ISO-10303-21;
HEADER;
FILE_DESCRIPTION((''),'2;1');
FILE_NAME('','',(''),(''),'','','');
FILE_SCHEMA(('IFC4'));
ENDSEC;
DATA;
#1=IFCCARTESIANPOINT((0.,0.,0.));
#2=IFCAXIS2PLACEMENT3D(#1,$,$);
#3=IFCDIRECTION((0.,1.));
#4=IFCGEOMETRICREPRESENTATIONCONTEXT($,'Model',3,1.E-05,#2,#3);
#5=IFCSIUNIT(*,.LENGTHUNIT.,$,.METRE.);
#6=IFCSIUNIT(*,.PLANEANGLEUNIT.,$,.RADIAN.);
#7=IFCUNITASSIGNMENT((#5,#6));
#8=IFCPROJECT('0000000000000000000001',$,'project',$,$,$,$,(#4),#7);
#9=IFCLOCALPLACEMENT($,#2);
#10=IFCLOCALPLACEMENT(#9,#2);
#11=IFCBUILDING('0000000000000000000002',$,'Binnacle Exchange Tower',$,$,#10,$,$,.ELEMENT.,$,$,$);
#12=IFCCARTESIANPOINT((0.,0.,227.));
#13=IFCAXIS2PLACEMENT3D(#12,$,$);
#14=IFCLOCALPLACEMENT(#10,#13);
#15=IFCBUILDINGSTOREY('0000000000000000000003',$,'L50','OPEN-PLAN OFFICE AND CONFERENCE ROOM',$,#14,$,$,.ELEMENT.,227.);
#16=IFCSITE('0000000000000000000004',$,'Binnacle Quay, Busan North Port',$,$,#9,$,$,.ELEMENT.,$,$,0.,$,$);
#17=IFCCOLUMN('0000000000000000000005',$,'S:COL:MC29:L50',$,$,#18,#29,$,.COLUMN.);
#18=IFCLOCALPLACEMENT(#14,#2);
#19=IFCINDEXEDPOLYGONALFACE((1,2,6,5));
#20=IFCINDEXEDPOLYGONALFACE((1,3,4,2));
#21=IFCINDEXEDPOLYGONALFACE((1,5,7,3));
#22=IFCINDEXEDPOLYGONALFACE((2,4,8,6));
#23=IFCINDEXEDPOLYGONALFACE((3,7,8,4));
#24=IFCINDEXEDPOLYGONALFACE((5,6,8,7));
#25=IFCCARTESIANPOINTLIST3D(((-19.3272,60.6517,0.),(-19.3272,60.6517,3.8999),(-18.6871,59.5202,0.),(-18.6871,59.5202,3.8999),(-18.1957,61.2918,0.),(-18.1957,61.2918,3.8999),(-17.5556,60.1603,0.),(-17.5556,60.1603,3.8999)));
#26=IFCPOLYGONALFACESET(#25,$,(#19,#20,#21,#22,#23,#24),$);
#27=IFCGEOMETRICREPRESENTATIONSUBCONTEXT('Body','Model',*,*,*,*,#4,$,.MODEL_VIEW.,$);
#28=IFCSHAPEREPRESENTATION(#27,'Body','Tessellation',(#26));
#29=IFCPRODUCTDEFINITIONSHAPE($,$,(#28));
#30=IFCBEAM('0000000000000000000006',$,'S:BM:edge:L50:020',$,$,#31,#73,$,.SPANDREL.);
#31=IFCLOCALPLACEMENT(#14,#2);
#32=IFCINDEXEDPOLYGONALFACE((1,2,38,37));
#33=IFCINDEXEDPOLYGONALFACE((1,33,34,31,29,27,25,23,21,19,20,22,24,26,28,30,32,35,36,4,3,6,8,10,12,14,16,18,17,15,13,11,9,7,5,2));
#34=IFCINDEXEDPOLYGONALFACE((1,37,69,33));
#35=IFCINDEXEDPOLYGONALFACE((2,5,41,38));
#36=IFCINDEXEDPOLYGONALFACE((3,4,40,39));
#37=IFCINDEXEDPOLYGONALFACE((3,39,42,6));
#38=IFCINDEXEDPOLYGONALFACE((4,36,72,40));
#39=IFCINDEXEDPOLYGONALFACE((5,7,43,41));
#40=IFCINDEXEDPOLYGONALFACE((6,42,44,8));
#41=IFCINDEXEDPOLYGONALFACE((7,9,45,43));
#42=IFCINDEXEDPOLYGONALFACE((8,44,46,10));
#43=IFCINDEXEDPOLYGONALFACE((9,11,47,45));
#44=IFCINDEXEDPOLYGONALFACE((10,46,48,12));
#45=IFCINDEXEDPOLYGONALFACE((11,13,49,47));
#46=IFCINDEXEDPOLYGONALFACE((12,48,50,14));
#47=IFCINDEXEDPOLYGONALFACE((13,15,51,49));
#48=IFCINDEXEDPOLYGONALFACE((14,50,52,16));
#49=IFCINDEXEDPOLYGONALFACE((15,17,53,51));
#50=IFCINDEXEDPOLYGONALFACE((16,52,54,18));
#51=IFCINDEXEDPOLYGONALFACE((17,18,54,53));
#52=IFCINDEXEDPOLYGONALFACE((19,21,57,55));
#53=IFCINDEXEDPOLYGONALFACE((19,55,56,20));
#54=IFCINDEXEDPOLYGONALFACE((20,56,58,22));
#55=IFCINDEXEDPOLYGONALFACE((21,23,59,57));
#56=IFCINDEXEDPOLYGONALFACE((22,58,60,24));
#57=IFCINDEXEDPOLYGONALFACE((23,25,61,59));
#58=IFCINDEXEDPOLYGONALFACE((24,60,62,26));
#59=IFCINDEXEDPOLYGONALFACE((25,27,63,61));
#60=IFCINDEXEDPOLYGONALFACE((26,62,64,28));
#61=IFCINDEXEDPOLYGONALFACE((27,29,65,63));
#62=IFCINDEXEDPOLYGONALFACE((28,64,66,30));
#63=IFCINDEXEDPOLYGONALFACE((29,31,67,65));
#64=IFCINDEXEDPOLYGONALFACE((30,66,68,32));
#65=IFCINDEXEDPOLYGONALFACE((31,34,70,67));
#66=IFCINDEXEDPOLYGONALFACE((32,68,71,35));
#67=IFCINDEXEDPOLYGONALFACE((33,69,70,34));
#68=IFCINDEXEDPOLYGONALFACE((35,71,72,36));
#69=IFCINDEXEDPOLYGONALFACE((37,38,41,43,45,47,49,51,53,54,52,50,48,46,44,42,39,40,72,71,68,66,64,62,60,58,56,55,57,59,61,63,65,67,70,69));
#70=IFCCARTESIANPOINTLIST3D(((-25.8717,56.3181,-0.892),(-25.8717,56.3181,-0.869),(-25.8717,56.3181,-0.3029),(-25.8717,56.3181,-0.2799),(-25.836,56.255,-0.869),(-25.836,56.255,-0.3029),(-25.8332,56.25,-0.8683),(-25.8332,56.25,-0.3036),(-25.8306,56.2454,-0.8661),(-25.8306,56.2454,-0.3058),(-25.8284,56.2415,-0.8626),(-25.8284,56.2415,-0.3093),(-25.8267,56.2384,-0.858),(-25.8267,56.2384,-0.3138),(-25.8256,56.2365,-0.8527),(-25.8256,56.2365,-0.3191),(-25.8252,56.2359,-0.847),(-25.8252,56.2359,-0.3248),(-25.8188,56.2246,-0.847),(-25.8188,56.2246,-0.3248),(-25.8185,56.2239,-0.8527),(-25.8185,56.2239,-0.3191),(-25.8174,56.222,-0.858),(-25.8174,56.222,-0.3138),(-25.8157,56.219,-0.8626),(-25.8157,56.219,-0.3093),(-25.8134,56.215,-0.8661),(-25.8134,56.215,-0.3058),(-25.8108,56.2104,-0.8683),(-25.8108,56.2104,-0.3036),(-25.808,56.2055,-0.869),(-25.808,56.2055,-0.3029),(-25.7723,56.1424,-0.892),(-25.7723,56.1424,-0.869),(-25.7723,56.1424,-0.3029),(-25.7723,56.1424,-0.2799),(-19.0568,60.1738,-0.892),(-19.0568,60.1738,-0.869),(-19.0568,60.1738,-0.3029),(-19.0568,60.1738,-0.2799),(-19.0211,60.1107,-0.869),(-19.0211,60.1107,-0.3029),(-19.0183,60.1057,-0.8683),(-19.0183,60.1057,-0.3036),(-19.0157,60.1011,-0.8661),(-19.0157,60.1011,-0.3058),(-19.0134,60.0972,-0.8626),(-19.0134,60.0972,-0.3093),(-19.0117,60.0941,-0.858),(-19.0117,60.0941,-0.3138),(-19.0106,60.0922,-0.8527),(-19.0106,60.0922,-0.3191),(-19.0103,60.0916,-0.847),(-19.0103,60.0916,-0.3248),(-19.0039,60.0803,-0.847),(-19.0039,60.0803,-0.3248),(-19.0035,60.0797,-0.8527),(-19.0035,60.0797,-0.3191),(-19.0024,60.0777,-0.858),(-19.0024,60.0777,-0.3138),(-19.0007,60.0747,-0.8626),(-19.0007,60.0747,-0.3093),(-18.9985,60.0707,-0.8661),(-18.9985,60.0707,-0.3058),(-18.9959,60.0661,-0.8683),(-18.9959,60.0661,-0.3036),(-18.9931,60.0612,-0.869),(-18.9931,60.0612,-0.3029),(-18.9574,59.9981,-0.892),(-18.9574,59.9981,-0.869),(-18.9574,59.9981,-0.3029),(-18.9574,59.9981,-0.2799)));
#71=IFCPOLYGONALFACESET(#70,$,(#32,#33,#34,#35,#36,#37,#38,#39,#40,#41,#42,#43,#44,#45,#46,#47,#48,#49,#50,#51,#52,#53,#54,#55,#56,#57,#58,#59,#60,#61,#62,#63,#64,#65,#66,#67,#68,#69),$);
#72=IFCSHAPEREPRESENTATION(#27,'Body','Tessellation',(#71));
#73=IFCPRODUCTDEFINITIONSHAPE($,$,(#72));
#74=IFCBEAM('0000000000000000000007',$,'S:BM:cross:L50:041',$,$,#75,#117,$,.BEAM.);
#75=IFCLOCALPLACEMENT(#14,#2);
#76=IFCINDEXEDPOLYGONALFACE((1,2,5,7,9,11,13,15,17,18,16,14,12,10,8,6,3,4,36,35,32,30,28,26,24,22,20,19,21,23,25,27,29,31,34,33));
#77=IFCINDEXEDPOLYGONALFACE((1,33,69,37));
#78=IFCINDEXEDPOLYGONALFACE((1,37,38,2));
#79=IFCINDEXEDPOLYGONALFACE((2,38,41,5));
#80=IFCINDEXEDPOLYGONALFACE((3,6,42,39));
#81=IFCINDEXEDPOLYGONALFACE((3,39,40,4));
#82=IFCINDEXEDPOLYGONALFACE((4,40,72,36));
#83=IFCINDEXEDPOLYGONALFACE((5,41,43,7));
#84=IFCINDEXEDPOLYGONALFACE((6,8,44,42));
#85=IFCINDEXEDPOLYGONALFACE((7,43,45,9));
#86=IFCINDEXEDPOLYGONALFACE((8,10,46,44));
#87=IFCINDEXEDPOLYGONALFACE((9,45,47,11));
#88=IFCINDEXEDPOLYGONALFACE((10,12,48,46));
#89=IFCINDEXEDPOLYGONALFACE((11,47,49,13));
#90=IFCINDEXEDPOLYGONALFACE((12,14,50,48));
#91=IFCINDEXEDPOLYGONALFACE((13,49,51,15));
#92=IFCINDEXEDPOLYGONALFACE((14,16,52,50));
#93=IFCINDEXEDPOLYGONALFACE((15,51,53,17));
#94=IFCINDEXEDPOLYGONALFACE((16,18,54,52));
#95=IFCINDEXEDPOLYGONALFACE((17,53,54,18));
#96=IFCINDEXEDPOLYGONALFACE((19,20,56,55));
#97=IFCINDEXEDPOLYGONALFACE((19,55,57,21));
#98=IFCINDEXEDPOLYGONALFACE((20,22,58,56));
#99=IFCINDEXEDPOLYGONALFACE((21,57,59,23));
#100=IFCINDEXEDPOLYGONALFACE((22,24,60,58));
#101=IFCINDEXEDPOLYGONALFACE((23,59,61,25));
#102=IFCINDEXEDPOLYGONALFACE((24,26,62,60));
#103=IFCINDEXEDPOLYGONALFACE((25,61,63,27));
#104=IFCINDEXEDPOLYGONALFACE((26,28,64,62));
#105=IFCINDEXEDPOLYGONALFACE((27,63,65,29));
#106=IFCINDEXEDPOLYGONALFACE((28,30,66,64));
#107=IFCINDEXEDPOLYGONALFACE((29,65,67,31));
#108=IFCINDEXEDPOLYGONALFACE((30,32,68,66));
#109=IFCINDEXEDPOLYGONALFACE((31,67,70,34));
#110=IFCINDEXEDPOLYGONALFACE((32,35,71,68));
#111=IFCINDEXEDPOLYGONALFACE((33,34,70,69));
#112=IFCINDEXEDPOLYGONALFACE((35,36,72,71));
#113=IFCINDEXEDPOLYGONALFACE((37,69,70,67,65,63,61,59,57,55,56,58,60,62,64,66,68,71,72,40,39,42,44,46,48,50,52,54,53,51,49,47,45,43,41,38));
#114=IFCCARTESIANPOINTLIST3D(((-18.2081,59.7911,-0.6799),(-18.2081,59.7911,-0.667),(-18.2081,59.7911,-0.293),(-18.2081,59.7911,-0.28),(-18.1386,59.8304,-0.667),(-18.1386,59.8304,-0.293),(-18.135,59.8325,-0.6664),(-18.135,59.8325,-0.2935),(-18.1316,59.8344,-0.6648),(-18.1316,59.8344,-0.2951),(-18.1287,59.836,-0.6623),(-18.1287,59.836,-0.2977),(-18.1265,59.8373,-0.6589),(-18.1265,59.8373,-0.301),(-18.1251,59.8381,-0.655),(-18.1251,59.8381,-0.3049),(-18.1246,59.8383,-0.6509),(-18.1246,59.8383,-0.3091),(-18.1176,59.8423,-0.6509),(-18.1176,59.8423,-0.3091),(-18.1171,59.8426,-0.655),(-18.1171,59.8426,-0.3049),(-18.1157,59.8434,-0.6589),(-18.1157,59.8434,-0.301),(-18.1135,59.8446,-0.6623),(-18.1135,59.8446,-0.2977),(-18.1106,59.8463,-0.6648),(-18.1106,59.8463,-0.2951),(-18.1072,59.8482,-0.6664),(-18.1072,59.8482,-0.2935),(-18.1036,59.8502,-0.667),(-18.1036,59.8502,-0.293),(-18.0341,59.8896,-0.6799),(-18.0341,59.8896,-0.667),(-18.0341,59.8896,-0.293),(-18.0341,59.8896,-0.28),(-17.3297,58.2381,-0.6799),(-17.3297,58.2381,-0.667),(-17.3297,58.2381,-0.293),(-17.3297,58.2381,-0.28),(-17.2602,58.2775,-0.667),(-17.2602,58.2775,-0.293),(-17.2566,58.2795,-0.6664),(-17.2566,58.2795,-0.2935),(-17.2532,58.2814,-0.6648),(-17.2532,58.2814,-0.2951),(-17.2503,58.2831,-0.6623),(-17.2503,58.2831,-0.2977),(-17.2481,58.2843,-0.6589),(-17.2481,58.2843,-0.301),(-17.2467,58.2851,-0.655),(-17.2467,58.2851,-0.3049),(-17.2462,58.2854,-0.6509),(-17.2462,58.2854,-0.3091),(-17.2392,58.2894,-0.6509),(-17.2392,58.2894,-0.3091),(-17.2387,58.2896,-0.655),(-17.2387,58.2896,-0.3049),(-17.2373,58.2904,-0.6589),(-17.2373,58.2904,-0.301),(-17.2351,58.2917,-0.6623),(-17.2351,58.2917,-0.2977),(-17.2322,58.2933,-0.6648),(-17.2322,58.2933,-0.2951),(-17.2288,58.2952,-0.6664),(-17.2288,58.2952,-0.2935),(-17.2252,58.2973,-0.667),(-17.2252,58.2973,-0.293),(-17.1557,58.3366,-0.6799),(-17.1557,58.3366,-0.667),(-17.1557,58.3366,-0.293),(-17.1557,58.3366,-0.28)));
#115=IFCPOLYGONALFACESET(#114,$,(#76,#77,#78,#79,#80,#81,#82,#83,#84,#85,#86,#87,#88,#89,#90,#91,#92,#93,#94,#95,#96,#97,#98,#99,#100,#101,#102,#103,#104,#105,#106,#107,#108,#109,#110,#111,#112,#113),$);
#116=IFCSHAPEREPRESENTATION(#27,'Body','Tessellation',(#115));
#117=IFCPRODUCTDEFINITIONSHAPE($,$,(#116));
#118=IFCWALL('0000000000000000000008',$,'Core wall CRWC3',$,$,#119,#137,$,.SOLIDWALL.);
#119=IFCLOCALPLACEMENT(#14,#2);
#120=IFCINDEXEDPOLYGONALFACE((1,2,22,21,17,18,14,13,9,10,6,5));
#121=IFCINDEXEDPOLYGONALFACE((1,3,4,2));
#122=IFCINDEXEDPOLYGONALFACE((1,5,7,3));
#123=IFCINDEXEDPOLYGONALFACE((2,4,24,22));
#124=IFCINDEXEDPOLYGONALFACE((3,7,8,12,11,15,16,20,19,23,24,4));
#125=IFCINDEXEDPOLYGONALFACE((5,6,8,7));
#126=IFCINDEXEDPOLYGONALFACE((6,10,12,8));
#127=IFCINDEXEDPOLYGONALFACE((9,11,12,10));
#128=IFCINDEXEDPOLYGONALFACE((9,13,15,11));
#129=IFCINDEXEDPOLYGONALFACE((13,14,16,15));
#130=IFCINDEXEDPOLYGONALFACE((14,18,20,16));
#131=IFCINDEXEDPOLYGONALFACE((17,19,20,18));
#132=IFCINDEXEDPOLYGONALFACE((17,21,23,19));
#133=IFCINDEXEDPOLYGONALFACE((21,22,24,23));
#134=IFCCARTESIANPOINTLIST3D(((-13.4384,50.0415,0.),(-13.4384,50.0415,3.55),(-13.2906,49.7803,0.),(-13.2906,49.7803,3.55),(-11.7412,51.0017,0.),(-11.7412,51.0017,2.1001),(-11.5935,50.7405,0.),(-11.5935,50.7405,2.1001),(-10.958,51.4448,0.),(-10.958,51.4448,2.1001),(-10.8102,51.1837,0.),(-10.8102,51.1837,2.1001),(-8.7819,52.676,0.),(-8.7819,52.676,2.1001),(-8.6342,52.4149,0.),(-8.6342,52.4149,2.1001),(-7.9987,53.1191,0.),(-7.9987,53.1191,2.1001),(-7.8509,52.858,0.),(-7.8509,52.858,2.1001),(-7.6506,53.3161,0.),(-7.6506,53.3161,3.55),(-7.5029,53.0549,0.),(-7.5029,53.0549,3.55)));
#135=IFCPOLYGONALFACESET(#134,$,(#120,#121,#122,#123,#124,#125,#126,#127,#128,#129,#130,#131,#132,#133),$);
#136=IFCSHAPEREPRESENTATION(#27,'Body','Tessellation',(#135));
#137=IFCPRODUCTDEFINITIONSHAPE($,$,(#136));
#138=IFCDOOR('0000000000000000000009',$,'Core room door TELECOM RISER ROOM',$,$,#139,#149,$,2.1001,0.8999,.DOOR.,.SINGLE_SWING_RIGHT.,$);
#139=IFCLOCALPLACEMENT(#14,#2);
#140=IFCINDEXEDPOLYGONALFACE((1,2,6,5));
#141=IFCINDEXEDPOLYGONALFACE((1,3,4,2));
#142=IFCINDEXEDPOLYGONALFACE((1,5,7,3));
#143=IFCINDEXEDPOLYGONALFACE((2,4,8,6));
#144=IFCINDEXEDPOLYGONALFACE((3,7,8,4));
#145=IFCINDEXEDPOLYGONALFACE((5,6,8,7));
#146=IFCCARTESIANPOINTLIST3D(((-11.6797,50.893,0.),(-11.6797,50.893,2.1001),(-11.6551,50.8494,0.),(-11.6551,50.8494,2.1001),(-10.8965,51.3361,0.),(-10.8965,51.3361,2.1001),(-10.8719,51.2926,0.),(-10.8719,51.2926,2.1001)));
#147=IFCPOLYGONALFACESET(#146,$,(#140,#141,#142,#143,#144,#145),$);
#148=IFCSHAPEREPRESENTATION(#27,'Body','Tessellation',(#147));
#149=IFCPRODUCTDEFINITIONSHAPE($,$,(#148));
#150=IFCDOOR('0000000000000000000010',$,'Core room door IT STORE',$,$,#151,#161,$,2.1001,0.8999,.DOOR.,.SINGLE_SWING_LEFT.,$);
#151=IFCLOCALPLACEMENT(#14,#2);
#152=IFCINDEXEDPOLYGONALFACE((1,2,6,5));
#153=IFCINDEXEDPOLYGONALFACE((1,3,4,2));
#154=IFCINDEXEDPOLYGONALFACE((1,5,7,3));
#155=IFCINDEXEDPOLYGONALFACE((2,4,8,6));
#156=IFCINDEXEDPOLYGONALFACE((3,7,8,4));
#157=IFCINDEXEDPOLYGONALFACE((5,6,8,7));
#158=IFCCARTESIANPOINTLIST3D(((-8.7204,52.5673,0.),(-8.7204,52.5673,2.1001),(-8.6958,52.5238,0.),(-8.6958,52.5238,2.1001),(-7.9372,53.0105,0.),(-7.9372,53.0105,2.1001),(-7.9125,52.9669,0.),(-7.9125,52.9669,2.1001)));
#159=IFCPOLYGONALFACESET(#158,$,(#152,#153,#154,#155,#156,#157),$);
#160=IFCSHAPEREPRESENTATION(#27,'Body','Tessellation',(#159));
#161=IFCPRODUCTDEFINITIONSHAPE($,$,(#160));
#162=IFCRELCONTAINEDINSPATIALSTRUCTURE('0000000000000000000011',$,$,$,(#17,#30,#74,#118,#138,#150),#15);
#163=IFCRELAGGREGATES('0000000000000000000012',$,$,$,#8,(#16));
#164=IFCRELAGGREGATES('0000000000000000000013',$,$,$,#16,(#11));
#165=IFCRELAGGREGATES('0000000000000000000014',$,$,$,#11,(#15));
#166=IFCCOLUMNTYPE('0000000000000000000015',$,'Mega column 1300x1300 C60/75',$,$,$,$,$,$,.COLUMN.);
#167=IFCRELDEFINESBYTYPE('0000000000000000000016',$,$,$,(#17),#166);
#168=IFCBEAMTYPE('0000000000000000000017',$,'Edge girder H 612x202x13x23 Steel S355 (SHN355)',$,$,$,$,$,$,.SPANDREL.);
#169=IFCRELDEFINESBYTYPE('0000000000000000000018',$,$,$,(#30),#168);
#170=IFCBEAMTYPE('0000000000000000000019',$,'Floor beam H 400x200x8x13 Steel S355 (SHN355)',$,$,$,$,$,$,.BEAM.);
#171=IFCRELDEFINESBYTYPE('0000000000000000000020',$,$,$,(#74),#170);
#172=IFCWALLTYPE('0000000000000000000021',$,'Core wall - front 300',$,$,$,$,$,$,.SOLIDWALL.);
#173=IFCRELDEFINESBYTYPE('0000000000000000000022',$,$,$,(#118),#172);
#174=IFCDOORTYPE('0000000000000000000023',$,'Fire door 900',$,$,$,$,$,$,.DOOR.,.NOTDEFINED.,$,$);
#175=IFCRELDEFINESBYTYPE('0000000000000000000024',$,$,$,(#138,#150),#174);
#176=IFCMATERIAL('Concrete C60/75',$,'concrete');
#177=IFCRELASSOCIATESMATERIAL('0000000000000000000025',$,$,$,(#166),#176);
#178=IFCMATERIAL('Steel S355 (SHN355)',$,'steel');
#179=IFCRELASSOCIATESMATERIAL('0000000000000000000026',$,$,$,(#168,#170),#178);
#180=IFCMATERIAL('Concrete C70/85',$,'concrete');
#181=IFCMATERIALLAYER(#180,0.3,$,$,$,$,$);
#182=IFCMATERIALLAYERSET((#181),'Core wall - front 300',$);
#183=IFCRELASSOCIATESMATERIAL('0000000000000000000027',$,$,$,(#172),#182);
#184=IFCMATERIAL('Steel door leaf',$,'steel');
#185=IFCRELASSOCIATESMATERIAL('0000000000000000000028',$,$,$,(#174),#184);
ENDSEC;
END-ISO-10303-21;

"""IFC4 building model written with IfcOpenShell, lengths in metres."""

from ifc_helpers import new_model, si_unit, direction, frame, frame_2d, origin, origin_2d, place, context, subcontext, project, spatial, rectangle, i_section, extrude, material, layer, layer_set, material_profile, profile_set, type_object, element, fill, save


model = new_model("IFC4")

# Units and contexts
model_context = context("Model", 3, precision=1e-05, world=origin(), true_north=direction((0.0, 1.0)))
body_context = subcontext(model_context, "Body", "Model", "MODEL_VIEW")
ifc_project = project(units=[si_unit("LENGTHUNIT", "METRE"), si_unit("PLANEANGLEUNIT", "RADIAN")], contexts=[model_context])

# Site, building, storey
site_placement = place(None, origin())
site = spatial("IfcSite", under=ifc_project, at=site_placement, Name="Binnacle Quay, Busan North Port", CompositionType="ELEMENT", RefElevation=0.0)
building_placement = place(site_placement, origin())
building = spatial("IfcBuilding", under=site, at=building_placement, Name="Binnacle Exchange Tower", CompositionType="ELEMENT")
storey_placement = place(building_placement, frame((0.0, 0.0, 227.0)))
storey = spatial("IfcBuildingStorey", under=building, at=storey_placement, Name="L50", Description="OPEN-PLAN OFFICE AND CONFERENCE ROOM", CompositionType="ELEMENT", Elevation=227.0)

# Column
ifc_material_1 = material(Name="Concrete C60/75", Category="concrete")
ifc_material_profile_1 = material_profile(ifc_material_1, rectangle(XDim=1.3, YDim=1.3, at=origin_2d()), Name="Mega column 1300x1300 C60/75")
ifc_profile_set_1 = profile_set([ifc_material_profile_1], Name="Concrete C60/75")
column_type = type_object("IfcColumnType", Name="Mega column 1300x1300 C60/75", PredefinedType="COLUMN", material=ifc_profile_set_1)
column_placement = place(storey_placement, frame((-18.4414, 60.406, 0.0), z_axis=(0.0, 0.0, 1.0), x_axis=(-0.870356, -0.492424, 0.0)))
element("IfcColumn", 1, at=column_placement, inside=storey, type_object=column_type, Name="S:COL:MC29:L50", PredefinedType="COLUMN", context=body_context, shape_type="SweptSolid", body=[
    extrude(rectangle(XDim=1.3, YDim=1.3, at=origin_2d()), origin(), (0.0, 0.0, 1.0), 3.8999),
])

# Beams
ifc_material_2 = material(Name="Steel S355 (SHN355)", Category="steel")
ifc_material_profile_2 = material_profile(ifc_material_2, i_section(OverallWidth=0.2019, OverallDepth=0.6121, WebThickness=0.0129, FlangeThickness=0.0229, FilletRadius=0.022, at=origin_2d()), Name="H 612x202x13x23")
ifc_profile_set_2 = profile_set([ifc_material_profile_2], Name="Steel S355 (SHN355)")
beam_type_1 = type_object("IfcBeamType", Name="Edge girder H 612x202x13x23 Steel S355 (SHN355)", PredefinedType="SPANDREL", material=ifc_profile_set_2)
beam_1_placement = place(storey_placement, frame((-19.0071, 60.0859, -0.5859), z_axis=(-0.870355, -0.492424, 0.0), x_axis=(0.492424, -0.870355, 0.0)))
element("IfcBeam", 2, at=beam_1_placement, inside=storey, type_object=beam_type_1, Name="S:BM:edge:L50:020", PredefinedType="SPANDREL", context=body_context, shape_type="SweptSolid", body=[
    extrude(i_section(OverallWidth=0.2019, OverallDepth=0.6121, WebThickness=0.0129, FlangeThickness=0.0229, FilletRadius=0.022, at=origin_2d()), origin(), (0.0, 0.0, 1.0), 7.8301),
])
ifc_material_profile_3 = material_profile(ifc_material_2, i_section(OverallWidth=0.2, OverallDepth=0.3999, WebThickness=0.0081, FlangeThickness=0.0129, FilletRadius=0.0161, at=origin_2d()), Name="H 400x200x8x13")
ifc_profile_set_3 = profile_set([ifc_material_profile_3], Name="Steel S355 (SHN355)")
beam_type_2 = type_object("IfcBeamType", Name="Floor beam H 400x200x8x13 Steel S355 (SHN355)", PredefinedType="BEAM", material=ifc_profile_set_3)
beam_2_placement = place(storey_placement, frame((-18.1211, 59.8403, -0.48), z_axis=(0.492332, -0.870407, 0.0), x_axis=(0.870407, 0.492332, 0.0)))
element("IfcBeam", 3, at=beam_2_placement, inside=storey, type_object=beam_type_2, Name="S:BM:cross:L50:041", PredefinedType="BEAM", context=body_context, shape_type="SweptSolid", body=[
    extrude(i_section(OverallWidth=0.2, OverallDepth=0.3999, WebThickness=0.0081, FlangeThickness=0.0129, FilletRadius=0.0161, at=origin_2d()), origin(), (0.0, 0.0, 1.0), 1.7842),
])

# Wall, openings, doors
ifc_material_3 = material(Name="Concrete C70/85", Category="concrete")
ifc_layer_1 = layer(ifc_material_3, 0.3)
ifc_layer_set_1 = layer_set([ifc_layer_1], Name="Core wall - front 300")
wall_type_1 = type_object("IfcWallType", Name="Core wall - front 300", PredefinedType="SOLIDWALL", material=ifc_layer_set_1)
wall_1_placement = place(storey_placement, frame((-13.3645, 49.9109, 0.0), z_axis=(0.0, 0.0, 1.0), x_axis=(0.870352, 0.49243, 0.0)))
wall_1 = element("IfcWall", 4, at=wall_1_placement, inside=storey, type_object=wall_type_1, Name="Core wall CRWC3", PredefinedType="SOLIDWALL", context=body_context, shape_type="SweptSolid", body=[
    extrude(rectangle(XDim=6.6499, YDim=0.3, at=frame_2d((3.325, 0.0))), origin(), (0.0, 0.0, 1.0), 3.55),
])
opening_1_placement = place(wall_1_placement, frame((1.95, 0.0, 0.0)))
opening_1 = element("IfcOpeningElement", 5, at=opening_1_placement, cuts=wall_1, PredefinedType="OPENING", context=body_context, shape_type="SweptSolid", body=[
    extrude(rectangle(XDim=0.8999, YDim=2.1001, at=frame_2d((0.45, 1.05))), frame((0.0, 0.1599, 0.0), z_axis=(0.0, -1.0, 0.0), x_axis=(1.0, 0.0, 0.0)), (0.0, 0.0, 1.0), 0.3201),
])
opening_2_placement = place(wall_1_placement, frame((5.3501, 0.0, 0.0)))
opening_2 = element("IfcOpeningElement", 6, at=opening_2_placement, cuts=wall_1, PredefinedType="OPENING", context=body_context, shape_type="SweptSolid", body=[
    extrude(rectangle(XDim=0.8999, YDim=2.1001, at=frame_2d((0.45, 1.05))), frame((0.0, 0.1599, 0.0), z_axis=(0.0, -1.0, 0.0), x_axis=(1.0, 0.0, 0.0)), (0.0, 0.0, 1.0), 0.3201),
])
ifc_material_4 = material(Name="Steel door leaf", Category="steel")
door_type_1 = type_object("IfcDoorType", Name="Fire door 900", OperationType="NOTDEFINED", PredefinedType="DOOR", material=ifc_material_4)
door_1_placement = place(opening_1_placement, frame((0.8999, 0.0, 0.0), z_axis=(0.0, 0.0, 1.0), x_axis=(-1.0, 0.0, 0.0)))
door_1 = element("IfcDoor", 7, at=door_1_placement, inside=storey, type_object=door_type_1, Name="Core room door TELECOM RISER ROOM", OperationType="SINGLE_SWING_RIGHT", OverallHeight=2.1001, OverallWidth=0.8999, PredefinedType="DOOR", context=body_context, shape_type="SweptSolid", body=[
    extrude(rectangle(XDim=0.8999, YDim=2.1001, at=frame_2d((0.45, 1.05))), frame((0.0, 0.0249, 0.0), z_axis=(0.0, -1.0, 0.0), x_axis=(1.0, 0.0, 0.0)), (0.0, 0.0, 1.0), 0.05),
])
fill(opening_1, door_1)
door_2_placement = place(opening_2_placement, frame((0.8999, 0.0, 0.0), z_axis=(0.0, 0.0, 1.0), x_axis=(-1.0, 0.0, 0.0)))
door_2 = element("IfcDoor", 8, at=door_2_placement, inside=storey, type_object=door_type_1, Name="Core room door IT STORE", OperationType="SINGLE_SWING_LEFT", OverallHeight=2.1001, OverallWidth=0.8999, PredefinedType="DOOR", context=body_context, shape_type="SweptSolid", body=[
    extrude(rectangle(XDim=0.8999, YDim=2.1001, at=frame_2d((0.45, 1.05))), frame((0.0, 0.0249, 0.0), z_axis=(0.0, -1.0, 0.0), x_axis=(1.0, 0.0, 0.0)), (0.0, 0.0, 1.0), 0.05),
])
fill(opening_2, door_2)

save(model, "model.ifc")
